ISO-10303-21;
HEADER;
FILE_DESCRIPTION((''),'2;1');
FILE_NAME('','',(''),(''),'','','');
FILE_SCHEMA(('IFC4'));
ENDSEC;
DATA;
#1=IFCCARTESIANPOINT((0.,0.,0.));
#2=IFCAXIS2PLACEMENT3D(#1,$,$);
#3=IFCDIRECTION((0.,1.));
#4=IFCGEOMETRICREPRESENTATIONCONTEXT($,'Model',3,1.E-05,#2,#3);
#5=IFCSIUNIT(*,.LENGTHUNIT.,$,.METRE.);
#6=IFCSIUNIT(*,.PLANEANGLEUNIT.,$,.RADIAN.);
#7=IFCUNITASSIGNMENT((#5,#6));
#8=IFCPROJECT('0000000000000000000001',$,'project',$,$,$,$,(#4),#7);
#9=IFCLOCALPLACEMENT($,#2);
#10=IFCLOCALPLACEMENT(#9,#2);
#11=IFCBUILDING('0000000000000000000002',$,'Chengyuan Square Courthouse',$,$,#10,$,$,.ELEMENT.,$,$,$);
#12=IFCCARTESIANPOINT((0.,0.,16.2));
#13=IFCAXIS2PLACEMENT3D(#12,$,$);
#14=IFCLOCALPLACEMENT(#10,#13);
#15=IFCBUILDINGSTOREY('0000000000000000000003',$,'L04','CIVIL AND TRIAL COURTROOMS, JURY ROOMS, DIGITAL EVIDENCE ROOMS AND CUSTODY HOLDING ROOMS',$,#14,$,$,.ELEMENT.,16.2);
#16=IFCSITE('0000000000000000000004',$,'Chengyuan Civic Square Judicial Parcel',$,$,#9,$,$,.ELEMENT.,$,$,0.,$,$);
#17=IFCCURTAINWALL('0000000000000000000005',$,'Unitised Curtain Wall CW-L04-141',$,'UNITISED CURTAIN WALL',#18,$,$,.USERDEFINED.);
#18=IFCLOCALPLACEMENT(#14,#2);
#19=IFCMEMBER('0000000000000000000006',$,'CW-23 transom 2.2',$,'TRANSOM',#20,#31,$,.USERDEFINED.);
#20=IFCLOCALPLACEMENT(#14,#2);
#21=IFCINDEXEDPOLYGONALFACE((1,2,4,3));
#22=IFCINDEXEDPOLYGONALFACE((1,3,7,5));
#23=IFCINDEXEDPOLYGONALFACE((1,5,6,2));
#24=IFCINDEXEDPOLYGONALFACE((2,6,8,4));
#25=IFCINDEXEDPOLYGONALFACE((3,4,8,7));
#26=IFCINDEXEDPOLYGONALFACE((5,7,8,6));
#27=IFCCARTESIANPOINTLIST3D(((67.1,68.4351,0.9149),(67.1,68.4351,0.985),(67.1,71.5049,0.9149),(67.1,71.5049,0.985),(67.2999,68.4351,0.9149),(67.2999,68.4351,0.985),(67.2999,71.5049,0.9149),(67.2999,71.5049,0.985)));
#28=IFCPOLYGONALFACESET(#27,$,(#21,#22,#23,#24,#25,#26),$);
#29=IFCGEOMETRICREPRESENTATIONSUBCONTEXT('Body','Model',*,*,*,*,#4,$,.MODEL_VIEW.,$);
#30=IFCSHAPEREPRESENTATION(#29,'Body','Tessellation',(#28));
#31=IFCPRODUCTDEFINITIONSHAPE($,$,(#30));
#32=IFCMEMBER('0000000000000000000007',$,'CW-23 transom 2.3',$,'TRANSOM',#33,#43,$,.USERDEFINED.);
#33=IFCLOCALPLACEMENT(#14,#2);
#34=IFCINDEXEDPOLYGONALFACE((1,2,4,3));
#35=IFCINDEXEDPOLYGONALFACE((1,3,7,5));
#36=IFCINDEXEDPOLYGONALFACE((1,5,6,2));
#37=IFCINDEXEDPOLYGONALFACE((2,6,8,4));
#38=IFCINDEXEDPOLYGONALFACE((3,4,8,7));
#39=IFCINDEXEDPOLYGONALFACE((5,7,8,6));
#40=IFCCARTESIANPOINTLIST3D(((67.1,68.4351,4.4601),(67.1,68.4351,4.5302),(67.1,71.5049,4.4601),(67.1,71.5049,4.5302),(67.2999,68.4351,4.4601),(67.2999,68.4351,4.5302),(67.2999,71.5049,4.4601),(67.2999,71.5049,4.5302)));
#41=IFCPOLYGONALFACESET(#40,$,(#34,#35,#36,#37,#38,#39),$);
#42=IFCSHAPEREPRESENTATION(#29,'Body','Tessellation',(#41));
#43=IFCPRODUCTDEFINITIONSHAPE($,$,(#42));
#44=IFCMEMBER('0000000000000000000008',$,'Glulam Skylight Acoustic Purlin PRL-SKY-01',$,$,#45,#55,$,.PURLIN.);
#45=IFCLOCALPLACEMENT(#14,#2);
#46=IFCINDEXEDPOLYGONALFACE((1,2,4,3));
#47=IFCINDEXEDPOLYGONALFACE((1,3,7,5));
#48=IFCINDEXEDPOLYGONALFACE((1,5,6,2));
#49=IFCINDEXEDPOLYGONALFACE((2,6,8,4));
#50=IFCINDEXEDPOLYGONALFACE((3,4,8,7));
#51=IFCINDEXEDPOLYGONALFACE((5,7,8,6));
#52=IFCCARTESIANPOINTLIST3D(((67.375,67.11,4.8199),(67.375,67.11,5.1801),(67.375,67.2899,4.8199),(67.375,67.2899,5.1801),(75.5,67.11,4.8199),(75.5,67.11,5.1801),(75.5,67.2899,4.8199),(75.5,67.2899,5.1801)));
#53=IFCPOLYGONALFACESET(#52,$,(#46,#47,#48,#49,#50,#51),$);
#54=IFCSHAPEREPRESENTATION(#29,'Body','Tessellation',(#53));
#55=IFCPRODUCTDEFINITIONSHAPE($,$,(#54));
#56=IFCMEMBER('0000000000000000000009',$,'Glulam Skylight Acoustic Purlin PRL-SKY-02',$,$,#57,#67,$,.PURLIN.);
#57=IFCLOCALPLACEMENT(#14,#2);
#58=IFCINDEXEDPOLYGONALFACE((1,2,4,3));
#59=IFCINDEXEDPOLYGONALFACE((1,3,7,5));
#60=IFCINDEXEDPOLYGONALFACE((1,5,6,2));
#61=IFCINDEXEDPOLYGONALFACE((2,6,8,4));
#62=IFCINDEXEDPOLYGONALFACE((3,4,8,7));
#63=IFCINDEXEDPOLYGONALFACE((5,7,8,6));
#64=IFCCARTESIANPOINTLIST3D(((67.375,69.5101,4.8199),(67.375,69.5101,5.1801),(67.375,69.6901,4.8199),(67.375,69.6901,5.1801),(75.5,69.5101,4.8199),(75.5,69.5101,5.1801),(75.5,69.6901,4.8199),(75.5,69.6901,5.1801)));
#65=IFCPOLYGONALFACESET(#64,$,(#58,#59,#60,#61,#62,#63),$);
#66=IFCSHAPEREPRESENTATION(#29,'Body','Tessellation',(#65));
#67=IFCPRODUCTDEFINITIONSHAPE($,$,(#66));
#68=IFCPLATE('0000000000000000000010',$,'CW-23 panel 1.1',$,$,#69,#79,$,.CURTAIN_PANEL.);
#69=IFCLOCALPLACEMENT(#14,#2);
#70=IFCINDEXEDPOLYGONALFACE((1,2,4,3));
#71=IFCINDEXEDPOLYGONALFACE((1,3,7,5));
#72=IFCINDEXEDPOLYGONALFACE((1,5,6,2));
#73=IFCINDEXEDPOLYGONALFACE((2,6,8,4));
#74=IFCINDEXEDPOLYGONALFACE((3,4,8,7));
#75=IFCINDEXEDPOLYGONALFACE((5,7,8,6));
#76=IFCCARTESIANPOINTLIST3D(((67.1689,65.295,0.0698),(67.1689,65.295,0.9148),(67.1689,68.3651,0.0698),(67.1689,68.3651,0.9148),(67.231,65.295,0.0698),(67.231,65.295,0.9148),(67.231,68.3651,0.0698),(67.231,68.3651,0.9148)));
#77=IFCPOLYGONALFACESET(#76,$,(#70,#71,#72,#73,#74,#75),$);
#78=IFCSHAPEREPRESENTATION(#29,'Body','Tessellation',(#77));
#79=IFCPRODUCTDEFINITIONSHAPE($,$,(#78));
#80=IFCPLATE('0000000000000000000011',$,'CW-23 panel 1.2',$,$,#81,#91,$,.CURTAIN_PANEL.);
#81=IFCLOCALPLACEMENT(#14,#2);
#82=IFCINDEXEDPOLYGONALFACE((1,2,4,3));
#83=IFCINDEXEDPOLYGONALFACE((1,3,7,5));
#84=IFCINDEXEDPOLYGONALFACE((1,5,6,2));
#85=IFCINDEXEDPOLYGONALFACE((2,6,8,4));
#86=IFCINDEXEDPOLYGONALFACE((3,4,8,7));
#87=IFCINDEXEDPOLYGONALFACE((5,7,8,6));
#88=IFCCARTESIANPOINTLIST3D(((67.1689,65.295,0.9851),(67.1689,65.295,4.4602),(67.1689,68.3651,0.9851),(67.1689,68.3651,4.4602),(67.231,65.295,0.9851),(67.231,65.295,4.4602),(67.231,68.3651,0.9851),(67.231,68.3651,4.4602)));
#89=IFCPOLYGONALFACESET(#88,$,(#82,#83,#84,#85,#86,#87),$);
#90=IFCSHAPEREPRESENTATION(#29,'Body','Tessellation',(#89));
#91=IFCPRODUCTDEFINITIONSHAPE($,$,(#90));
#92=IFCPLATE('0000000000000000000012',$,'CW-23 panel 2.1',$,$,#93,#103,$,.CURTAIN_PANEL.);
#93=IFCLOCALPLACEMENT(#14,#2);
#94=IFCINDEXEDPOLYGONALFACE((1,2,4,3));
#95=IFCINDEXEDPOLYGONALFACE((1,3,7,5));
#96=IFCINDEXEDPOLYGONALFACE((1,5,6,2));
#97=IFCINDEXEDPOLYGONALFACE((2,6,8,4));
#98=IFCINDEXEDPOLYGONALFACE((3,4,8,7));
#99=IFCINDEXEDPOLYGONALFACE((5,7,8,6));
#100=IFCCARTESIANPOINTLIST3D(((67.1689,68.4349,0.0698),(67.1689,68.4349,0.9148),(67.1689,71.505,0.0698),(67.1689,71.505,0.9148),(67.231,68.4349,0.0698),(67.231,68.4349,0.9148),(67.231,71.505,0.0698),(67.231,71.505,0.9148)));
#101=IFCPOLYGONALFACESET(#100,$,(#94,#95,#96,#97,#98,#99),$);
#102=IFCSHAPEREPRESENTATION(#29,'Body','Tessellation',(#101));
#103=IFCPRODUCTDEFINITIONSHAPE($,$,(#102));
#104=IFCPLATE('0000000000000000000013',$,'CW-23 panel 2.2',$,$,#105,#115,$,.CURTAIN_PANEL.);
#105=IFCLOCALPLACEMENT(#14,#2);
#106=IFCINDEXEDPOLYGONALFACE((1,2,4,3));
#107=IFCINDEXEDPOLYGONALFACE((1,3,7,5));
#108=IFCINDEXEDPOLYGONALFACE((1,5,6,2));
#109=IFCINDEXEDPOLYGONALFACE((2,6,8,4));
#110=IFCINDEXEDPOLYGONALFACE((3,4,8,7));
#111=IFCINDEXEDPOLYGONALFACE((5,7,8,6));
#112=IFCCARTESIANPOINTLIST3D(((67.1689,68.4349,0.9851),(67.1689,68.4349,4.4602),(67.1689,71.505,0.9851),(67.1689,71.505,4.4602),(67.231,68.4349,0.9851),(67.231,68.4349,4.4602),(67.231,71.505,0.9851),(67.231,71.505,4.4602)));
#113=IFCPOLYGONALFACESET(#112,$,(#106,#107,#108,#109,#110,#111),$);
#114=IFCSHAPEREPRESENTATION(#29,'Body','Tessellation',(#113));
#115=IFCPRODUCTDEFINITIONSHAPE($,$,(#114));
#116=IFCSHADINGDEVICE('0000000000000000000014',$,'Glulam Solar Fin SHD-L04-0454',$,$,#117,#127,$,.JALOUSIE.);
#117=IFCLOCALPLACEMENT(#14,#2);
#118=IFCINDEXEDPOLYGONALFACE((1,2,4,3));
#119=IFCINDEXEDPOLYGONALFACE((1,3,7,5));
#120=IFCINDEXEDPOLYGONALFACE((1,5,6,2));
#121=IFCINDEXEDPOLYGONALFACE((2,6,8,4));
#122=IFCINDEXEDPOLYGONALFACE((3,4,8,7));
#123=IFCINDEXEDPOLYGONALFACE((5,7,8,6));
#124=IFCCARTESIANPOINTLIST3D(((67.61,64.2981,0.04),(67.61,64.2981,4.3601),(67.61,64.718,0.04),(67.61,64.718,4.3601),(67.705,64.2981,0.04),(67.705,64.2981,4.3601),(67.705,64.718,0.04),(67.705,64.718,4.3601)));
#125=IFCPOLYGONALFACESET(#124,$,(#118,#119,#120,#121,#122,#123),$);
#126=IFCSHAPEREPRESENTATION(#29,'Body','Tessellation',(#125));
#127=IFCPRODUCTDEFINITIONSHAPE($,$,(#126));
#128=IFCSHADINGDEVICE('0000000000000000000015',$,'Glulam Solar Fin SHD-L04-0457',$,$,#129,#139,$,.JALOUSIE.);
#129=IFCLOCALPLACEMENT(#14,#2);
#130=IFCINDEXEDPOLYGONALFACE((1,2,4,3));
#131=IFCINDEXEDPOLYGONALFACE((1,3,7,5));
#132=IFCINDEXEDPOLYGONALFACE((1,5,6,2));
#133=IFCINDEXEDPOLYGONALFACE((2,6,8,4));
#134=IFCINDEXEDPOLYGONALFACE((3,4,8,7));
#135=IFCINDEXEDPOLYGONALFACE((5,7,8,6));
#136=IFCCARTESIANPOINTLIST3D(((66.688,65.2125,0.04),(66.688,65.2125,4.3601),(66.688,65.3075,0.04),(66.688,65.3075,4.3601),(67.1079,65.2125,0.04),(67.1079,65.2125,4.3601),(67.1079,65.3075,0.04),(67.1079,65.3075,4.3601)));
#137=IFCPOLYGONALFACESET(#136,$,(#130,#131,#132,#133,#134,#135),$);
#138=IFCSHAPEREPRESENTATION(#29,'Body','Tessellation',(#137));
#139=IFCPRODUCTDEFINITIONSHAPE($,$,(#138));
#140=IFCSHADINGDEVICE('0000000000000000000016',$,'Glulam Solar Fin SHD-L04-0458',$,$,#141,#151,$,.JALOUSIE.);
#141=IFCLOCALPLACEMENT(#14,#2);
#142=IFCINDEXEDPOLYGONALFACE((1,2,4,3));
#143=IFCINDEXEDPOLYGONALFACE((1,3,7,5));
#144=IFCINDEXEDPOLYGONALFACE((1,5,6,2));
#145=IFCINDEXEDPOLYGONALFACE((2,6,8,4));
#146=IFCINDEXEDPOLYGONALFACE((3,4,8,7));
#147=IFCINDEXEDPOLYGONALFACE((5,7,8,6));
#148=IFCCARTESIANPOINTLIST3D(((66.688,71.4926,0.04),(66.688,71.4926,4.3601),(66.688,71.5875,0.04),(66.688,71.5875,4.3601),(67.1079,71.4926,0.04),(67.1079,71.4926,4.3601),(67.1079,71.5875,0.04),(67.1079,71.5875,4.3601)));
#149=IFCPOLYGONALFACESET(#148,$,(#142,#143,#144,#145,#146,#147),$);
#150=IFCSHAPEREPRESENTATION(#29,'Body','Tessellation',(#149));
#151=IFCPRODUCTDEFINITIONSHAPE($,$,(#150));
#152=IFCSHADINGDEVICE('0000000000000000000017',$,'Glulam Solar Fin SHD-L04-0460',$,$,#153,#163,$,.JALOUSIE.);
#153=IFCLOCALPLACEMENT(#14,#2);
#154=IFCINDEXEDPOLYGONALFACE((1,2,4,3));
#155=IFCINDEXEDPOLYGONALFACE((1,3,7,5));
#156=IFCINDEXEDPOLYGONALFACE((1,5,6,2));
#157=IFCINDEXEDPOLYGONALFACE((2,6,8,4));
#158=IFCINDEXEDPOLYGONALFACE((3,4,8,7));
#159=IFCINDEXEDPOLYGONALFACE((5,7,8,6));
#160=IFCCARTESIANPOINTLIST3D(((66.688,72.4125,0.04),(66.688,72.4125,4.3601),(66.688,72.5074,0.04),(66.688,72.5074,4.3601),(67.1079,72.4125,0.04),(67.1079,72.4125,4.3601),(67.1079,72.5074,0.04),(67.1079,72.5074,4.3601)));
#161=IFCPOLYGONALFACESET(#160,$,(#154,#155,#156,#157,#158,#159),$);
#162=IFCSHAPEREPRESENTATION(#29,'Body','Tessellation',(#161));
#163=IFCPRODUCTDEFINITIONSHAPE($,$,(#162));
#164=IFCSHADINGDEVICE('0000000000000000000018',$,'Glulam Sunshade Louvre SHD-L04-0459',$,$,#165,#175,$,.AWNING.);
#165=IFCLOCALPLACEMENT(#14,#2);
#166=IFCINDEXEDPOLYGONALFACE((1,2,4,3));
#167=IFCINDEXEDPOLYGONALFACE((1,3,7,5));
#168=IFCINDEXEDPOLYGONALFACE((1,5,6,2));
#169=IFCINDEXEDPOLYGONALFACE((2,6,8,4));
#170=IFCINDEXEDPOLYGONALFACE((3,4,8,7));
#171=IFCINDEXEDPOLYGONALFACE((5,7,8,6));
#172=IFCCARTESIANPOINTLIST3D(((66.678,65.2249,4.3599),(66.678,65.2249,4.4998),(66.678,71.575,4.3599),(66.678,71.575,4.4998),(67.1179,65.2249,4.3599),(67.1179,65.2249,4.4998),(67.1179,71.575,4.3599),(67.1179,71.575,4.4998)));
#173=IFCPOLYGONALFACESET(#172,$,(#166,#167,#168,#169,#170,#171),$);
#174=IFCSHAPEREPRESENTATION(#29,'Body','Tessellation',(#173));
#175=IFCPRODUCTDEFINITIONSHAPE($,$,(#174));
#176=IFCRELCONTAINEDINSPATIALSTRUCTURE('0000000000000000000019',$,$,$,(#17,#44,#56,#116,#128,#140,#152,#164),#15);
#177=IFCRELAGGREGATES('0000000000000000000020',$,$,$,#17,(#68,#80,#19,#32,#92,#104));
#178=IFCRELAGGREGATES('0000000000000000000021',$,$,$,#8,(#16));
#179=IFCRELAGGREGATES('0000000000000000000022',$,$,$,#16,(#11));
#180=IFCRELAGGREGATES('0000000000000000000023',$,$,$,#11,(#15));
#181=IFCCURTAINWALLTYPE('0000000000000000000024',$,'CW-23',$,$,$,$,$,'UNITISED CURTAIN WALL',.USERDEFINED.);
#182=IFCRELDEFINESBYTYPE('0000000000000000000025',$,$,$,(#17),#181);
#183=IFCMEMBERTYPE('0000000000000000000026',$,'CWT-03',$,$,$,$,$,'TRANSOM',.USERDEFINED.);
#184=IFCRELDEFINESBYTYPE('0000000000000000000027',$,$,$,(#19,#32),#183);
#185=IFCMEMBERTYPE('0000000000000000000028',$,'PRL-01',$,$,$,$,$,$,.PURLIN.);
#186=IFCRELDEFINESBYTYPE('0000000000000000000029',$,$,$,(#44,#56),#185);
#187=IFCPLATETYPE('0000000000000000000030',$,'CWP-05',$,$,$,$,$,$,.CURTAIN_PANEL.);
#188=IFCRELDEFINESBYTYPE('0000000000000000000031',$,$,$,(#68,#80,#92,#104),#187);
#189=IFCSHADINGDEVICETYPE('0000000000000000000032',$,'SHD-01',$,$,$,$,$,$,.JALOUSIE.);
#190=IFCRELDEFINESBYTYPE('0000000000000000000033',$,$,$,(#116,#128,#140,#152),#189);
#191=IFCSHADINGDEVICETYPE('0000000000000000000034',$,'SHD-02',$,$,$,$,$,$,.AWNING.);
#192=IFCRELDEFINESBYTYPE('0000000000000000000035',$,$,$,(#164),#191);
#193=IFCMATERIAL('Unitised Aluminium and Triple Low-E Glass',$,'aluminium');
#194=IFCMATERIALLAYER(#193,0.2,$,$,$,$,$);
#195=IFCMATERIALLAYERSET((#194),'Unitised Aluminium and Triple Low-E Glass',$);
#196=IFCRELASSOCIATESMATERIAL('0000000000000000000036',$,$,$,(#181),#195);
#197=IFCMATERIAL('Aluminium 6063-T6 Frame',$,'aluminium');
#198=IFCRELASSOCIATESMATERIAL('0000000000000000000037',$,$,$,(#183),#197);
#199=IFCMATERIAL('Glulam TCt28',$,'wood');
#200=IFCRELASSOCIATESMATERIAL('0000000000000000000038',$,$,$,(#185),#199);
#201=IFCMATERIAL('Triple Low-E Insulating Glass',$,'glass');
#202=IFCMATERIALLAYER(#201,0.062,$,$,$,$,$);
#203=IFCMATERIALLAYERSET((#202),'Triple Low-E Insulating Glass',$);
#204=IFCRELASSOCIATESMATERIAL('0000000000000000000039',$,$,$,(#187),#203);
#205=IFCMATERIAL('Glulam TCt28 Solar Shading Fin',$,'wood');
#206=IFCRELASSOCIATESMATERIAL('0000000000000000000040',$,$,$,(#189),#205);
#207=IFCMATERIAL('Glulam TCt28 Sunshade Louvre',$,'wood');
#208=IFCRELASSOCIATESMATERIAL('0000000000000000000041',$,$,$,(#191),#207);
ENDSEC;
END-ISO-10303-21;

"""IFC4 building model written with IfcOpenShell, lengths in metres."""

from ifc_helpers import new_model, si_unit, direction, frame, origin, origin_2d, place, context, subcontext, project, spatial, rectangle, extrude, material, layer, layer_set, material_profile, profile_set, type_object, element, aggregate, save


model = new_model("IFC4")

# Units and contexts
model_context = context("Model", 3, precision=1e-05, world=origin(), true_north=direction((0.0, 1.0)))
body_context = subcontext(model_context, "Body", "Model", "MODEL_VIEW")
ifc_project = project(units=[si_unit("LENGTHUNIT", "METRE"), si_unit("PLANEANGLEUNIT", "RADIAN")], contexts=[model_context])

# Site, building, storey
site_placement = place(None, origin())
site = spatial("IfcSite", under=ifc_project, at=site_placement, Name="Chengyuan Civic Square Judicial Parcel", CompositionType="ELEMENT", RefElevation=0.0)
building_placement = place(site_placement, origin())
building = spatial("IfcBuilding", under=site, at=building_placement, Name="Chengyuan Square Courthouse", CompositionType="ELEMENT")
storey_placement = place(building_placement, frame((0.0, 0.0, 16.2)))
storey = spatial("IfcBuildingStorey", under=building, at=storey_placement, Name="L04", Description="CIVIL AND TRIAL COURTROOMS, JURY ROOMS, DIGITAL EVIDENCE ROOMS AND CUSTODY HOLDING ROOMS", CompositionType="ELEMENT", Elevation=16.2)

# Curtain wall
ifc_material_1 = material(Name="Unitised Aluminium and Triple Low-E Glass", Category="aluminium")
ifc_layer_1 = layer(ifc_material_1, 0.2)
ifc_layer_set_1 = layer_set([ifc_layer_1], Name="Unitised Aluminium and Triple Low-E Glass")
curtain_wall_type = type_object("IfcCurtainWallType", Name="CW-23", ElementType="UNITISED CURTAIN WALL", PredefinedType="USERDEFINED", material=ifc_layer_set_1)
curtain_wall_1_placement = place(storey_placement, origin())
curtain_wall_1 = element("IfcCurtainWall", 1, at=curtain_wall_1_placement, inside=storey, type_object=curtain_wall_type, Name="Unitised Curtain Wall CW-L04-141", ObjectType="UNITISED CURTAIN WALL", PredefinedType="USERDEFINED")
ifc_material_2 = material(Name="Aluminium 6063-T6 Frame", Category="aluminium")

# Members
ifc_material_profile_1 = material_profile(ifc_material_2, rectangle(XDim=0.2, YDim=0.0701, at=origin_2d()), Name="CW-TRN-70x160")
ifc_profile_set_1 = profile_set([ifc_material_profile_1], Name="Aluminium 6063-T6 Frame")
member_type_1 = type_object("IfcMemberType", Name="CWT-03", ElementType="TRANSOM", PredefinedType="USERDEFINED", material=ifc_profile_set_1)
member_1_placement = place(storey_placement, frame((67.2, 68.4351, 0.95), z_axis=(0.0, 1.0, 0.0), x_axis=(-1.0, 0.0, 0.0)))
member_1 = element("IfcMember", 2, at=member_1_placement, type_object=member_type_1, Name="CW-23 transom 2.2", ObjectType="TRANSOM", PredefinedType="USERDEFINED", context=body_context, shape_type="SweptSolid", body=[
    extrude(rectangle(XDim=0.2, YDim=0.0701, at=origin_2d()), origin(), (0.0, 0.0, 1.0), 3.0698),
])
member_2_placement = place(storey_placement, frame((67.2, 68.4351, 4.4951), z_axis=(0.0, 1.0, 0.0), x_axis=(-1.0, 0.0, 0.0)))
member_2 = element("IfcMember", 3, at=member_2_placement, type_object=member_type_1, Name="CW-23 transom 2.3", ObjectType="TRANSOM", PredefinedType="USERDEFINED", context=body_context, shape_type="SweptSolid", body=[
    extrude(rectangle(XDim=0.2, YDim=0.0701, at=origin_2d()), origin(), (0.0, 0.0, 1.0), 3.0698),
])

# Members
ifc_material_3 = material(Name="Glulam TCt28", Category="wood")
ifc_material_profile_2 = material_profile(ifc_material_3, rectangle(XDim=0.1799, YDim=0.3601, at=origin_2d()), Name="GL-PRL-180x360")
ifc_profile_set_2 = profile_set([ifc_material_profile_2], Name="Glulam TCt28")
member_type_2 = type_object("IfcMemberType", Name="PRL-01", PredefinedType="PURLIN", material=ifc_profile_set_2)
for number, where, z_axis, x_axis, name in (
    (4, (67.375, 67.2, 5.0), (1.0, 0.0, 0.0), (0.0, 1.0, 0.0), "Glulam Skylight Acoustic Purlin PRL-SKY-01"),
    (5, (67.375, 69.6001, 5.0), (1.0, 0.0, 0.0), (0.0, 1.0, 0.0), "Glulam Skylight Acoustic Purlin PRL-SKY-02"),
):
    element("IfcMember", number, at=place(storey_placement, frame(where, z_axis=z_axis, x_axis=x_axis)), inside=storey, type_object=member_type_2, Name=name, PredefinedType="PURLIN", context=body_context, shape_type="SweptSolid", body=[
        extrude(rectangle(XDim=0.1799, YDim=0.3601, at=origin_2d()), origin(), (0.0, 0.0, 1.0), 8.125),
    ])

# Plates
ifc_material_4 = material(Name="Triple Low-E Insulating Glass", Category="glass")
ifc_layer_2 = layer(ifc_material_4, 0.062)
ifc_layer_set_2 = layer_set([ifc_layer_2], Name="Triple Low-E Insulating Glass")
plate_type = type_object("IfcPlateType", Name="CWP-05", PredefinedType="CURTAIN_PANEL", material=ifc_layer_set_2)
plate_1_placement = place(storey_placement, frame((67.2, 66.8301, 0.0698), z_axis=(0.0, 0.0, 1.0), x_axis=(0.0, 1.0, 0.0)))
plate_1 = element("IfcPlate", 6, at=plate_1_placement, type_object=plate_type, Name="CW-23 panel 1.1", PredefinedType="CURTAIN_PANEL", context=body_context, shape_type="SweptSolid", body=[
    extrude(rectangle(XDim=3.0701, YDim=0.062, at=origin_2d()), origin(), (0.0, 0.0, 1.0), 0.845),
])
plate_2_placement = place(storey_placement, frame((67.2, 66.8301, 0.9851), z_axis=(0.0, 0.0, 1.0), x_axis=(0.0, 1.0, 0.0)))
plate_2 = element("IfcPlate", 7, at=plate_2_placement, type_object=plate_type, Name="CW-23 panel 1.2", PredefinedType="CURTAIN_PANEL", context=body_context, shape_type="SweptSolid", body=[
    extrude(rectangle(XDim=3.0701, YDim=0.062, at=origin_2d()), origin(), (0.0, 0.0, 1.0), 3.4751),
])
plate_3_placement = place(storey_placement, frame((67.2, 69.97, 0.0698), z_axis=(0.0, 0.0, 1.0), x_axis=(0.0, 1.0, 0.0)))
plate_3 = element("IfcPlate", 8, at=plate_3_placement, type_object=plate_type, Name="CW-23 panel 2.1", PredefinedType="CURTAIN_PANEL", context=body_context, shape_type="SweptSolid", body=[
    extrude(rectangle(XDim=3.0701, YDim=0.062, at=origin_2d()), origin(), (0.0, 0.0, 1.0), 0.845),
])
plate_4_placement = place(storey_placement, frame((67.2, 69.97, 0.9851), z_axis=(0.0, 0.0, 1.0), x_axis=(0.0, 1.0, 0.0)))
plate_4 = element("IfcPlate", 9, at=plate_4_placement, type_object=plate_type, Name="CW-23 panel 2.2", PredefinedType="CURTAIN_PANEL", context=body_context, shape_type="SweptSolid", body=[
    extrude(rectangle(XDim=3.0701, YDim=0.062, at=origin_2d()), origin(), (0.0, 0.0, 1.0), 3.4751),
])
aggregate(curtain_wall_1, [plate_1, plate_2, member_1, member_2, plate_3, plate_4])

# Shading devices
ifc_material_5 = material(Name="Glulam TCt28 Solar Shading Fin", Category="wood")
shading_device_type_1 = type_object("IfcShadingDeviceType", Name="SHD-01", PredefinedType="JALOUSIE", material=ifc_material_5)
for number, where, z_axis, x_axis, name in (
    (10, (67.6575, 64.5081, 0.04), (0.0, 0.0, 1.0), (0.0, 1.0, 0.0), "Glulam Solar Fin SHD-L04-0454"),
    (11, (66.8979, 65.26, 0.04), (0.0, 0.0, 1.0), (1.0, 0.0, 0.0), "Glulam Solar Fin SHD-L04-0457"),
    (12, (66.8979, 71.54, 0.04), (0.0, 0.0, 1.0), (1.0, 0.0, 0.0), "Glulam Solar Fin SHD-L04-0458"),
    (13, (66.8979, 72.46, 0.04), (0.0, 0.0, 1.0), (1.0, 0.0, 0.0), "Glulam Solar Fin SHD-L04-0460"),
):
    element("IfcShadingDevice", number, at=place(storey_placement, frame(where, z_axis=z_axis, x_axis=x_axis)), inside=storey, type_object=shading_device_type_1, Name=name, PredefinedType="JALOUSIE", context=body_context, shape_type="SweptSolid", body=[
        extrude(rectangle(XDim=0.4199, YDim=0.095, at=origin_2d()), origin(), (0.0, 0.0, 1.0), 4.3201),
    ])
ifc_material_6 = material(Name="Glulam TCt28 Sunshade Louvre", Category="wood")
shading_device_type_2 = type_object("IfcShadingDeviceType", Name="SHD-02", PredefinedType="AWNING", material=ifc_material_6)
shading_device_placement = place(storey_placement, frame((66.8979, 68.3999, 4.3599), z_axis=(0.0, 0.0, 1.0), x_axis=(0.0, 1.0, 0.0)))
element("IfcShadingDevice", 14, at=shading_device_placement, inside=storey, type_object=shading_device_type_2, Name="Glulam Sunshade Louvre SHD-L04-0459", PredefinedType="AWNING", context=body_context, shape_type="SweptSolid", body=[
    extrude(rectangle(XDim=6.3501, YDim=0.4399, at=origin_2d()), origin(), (0.0, 0.0, 1.0), 0.1399),
])

save(model, "model.ifc")
